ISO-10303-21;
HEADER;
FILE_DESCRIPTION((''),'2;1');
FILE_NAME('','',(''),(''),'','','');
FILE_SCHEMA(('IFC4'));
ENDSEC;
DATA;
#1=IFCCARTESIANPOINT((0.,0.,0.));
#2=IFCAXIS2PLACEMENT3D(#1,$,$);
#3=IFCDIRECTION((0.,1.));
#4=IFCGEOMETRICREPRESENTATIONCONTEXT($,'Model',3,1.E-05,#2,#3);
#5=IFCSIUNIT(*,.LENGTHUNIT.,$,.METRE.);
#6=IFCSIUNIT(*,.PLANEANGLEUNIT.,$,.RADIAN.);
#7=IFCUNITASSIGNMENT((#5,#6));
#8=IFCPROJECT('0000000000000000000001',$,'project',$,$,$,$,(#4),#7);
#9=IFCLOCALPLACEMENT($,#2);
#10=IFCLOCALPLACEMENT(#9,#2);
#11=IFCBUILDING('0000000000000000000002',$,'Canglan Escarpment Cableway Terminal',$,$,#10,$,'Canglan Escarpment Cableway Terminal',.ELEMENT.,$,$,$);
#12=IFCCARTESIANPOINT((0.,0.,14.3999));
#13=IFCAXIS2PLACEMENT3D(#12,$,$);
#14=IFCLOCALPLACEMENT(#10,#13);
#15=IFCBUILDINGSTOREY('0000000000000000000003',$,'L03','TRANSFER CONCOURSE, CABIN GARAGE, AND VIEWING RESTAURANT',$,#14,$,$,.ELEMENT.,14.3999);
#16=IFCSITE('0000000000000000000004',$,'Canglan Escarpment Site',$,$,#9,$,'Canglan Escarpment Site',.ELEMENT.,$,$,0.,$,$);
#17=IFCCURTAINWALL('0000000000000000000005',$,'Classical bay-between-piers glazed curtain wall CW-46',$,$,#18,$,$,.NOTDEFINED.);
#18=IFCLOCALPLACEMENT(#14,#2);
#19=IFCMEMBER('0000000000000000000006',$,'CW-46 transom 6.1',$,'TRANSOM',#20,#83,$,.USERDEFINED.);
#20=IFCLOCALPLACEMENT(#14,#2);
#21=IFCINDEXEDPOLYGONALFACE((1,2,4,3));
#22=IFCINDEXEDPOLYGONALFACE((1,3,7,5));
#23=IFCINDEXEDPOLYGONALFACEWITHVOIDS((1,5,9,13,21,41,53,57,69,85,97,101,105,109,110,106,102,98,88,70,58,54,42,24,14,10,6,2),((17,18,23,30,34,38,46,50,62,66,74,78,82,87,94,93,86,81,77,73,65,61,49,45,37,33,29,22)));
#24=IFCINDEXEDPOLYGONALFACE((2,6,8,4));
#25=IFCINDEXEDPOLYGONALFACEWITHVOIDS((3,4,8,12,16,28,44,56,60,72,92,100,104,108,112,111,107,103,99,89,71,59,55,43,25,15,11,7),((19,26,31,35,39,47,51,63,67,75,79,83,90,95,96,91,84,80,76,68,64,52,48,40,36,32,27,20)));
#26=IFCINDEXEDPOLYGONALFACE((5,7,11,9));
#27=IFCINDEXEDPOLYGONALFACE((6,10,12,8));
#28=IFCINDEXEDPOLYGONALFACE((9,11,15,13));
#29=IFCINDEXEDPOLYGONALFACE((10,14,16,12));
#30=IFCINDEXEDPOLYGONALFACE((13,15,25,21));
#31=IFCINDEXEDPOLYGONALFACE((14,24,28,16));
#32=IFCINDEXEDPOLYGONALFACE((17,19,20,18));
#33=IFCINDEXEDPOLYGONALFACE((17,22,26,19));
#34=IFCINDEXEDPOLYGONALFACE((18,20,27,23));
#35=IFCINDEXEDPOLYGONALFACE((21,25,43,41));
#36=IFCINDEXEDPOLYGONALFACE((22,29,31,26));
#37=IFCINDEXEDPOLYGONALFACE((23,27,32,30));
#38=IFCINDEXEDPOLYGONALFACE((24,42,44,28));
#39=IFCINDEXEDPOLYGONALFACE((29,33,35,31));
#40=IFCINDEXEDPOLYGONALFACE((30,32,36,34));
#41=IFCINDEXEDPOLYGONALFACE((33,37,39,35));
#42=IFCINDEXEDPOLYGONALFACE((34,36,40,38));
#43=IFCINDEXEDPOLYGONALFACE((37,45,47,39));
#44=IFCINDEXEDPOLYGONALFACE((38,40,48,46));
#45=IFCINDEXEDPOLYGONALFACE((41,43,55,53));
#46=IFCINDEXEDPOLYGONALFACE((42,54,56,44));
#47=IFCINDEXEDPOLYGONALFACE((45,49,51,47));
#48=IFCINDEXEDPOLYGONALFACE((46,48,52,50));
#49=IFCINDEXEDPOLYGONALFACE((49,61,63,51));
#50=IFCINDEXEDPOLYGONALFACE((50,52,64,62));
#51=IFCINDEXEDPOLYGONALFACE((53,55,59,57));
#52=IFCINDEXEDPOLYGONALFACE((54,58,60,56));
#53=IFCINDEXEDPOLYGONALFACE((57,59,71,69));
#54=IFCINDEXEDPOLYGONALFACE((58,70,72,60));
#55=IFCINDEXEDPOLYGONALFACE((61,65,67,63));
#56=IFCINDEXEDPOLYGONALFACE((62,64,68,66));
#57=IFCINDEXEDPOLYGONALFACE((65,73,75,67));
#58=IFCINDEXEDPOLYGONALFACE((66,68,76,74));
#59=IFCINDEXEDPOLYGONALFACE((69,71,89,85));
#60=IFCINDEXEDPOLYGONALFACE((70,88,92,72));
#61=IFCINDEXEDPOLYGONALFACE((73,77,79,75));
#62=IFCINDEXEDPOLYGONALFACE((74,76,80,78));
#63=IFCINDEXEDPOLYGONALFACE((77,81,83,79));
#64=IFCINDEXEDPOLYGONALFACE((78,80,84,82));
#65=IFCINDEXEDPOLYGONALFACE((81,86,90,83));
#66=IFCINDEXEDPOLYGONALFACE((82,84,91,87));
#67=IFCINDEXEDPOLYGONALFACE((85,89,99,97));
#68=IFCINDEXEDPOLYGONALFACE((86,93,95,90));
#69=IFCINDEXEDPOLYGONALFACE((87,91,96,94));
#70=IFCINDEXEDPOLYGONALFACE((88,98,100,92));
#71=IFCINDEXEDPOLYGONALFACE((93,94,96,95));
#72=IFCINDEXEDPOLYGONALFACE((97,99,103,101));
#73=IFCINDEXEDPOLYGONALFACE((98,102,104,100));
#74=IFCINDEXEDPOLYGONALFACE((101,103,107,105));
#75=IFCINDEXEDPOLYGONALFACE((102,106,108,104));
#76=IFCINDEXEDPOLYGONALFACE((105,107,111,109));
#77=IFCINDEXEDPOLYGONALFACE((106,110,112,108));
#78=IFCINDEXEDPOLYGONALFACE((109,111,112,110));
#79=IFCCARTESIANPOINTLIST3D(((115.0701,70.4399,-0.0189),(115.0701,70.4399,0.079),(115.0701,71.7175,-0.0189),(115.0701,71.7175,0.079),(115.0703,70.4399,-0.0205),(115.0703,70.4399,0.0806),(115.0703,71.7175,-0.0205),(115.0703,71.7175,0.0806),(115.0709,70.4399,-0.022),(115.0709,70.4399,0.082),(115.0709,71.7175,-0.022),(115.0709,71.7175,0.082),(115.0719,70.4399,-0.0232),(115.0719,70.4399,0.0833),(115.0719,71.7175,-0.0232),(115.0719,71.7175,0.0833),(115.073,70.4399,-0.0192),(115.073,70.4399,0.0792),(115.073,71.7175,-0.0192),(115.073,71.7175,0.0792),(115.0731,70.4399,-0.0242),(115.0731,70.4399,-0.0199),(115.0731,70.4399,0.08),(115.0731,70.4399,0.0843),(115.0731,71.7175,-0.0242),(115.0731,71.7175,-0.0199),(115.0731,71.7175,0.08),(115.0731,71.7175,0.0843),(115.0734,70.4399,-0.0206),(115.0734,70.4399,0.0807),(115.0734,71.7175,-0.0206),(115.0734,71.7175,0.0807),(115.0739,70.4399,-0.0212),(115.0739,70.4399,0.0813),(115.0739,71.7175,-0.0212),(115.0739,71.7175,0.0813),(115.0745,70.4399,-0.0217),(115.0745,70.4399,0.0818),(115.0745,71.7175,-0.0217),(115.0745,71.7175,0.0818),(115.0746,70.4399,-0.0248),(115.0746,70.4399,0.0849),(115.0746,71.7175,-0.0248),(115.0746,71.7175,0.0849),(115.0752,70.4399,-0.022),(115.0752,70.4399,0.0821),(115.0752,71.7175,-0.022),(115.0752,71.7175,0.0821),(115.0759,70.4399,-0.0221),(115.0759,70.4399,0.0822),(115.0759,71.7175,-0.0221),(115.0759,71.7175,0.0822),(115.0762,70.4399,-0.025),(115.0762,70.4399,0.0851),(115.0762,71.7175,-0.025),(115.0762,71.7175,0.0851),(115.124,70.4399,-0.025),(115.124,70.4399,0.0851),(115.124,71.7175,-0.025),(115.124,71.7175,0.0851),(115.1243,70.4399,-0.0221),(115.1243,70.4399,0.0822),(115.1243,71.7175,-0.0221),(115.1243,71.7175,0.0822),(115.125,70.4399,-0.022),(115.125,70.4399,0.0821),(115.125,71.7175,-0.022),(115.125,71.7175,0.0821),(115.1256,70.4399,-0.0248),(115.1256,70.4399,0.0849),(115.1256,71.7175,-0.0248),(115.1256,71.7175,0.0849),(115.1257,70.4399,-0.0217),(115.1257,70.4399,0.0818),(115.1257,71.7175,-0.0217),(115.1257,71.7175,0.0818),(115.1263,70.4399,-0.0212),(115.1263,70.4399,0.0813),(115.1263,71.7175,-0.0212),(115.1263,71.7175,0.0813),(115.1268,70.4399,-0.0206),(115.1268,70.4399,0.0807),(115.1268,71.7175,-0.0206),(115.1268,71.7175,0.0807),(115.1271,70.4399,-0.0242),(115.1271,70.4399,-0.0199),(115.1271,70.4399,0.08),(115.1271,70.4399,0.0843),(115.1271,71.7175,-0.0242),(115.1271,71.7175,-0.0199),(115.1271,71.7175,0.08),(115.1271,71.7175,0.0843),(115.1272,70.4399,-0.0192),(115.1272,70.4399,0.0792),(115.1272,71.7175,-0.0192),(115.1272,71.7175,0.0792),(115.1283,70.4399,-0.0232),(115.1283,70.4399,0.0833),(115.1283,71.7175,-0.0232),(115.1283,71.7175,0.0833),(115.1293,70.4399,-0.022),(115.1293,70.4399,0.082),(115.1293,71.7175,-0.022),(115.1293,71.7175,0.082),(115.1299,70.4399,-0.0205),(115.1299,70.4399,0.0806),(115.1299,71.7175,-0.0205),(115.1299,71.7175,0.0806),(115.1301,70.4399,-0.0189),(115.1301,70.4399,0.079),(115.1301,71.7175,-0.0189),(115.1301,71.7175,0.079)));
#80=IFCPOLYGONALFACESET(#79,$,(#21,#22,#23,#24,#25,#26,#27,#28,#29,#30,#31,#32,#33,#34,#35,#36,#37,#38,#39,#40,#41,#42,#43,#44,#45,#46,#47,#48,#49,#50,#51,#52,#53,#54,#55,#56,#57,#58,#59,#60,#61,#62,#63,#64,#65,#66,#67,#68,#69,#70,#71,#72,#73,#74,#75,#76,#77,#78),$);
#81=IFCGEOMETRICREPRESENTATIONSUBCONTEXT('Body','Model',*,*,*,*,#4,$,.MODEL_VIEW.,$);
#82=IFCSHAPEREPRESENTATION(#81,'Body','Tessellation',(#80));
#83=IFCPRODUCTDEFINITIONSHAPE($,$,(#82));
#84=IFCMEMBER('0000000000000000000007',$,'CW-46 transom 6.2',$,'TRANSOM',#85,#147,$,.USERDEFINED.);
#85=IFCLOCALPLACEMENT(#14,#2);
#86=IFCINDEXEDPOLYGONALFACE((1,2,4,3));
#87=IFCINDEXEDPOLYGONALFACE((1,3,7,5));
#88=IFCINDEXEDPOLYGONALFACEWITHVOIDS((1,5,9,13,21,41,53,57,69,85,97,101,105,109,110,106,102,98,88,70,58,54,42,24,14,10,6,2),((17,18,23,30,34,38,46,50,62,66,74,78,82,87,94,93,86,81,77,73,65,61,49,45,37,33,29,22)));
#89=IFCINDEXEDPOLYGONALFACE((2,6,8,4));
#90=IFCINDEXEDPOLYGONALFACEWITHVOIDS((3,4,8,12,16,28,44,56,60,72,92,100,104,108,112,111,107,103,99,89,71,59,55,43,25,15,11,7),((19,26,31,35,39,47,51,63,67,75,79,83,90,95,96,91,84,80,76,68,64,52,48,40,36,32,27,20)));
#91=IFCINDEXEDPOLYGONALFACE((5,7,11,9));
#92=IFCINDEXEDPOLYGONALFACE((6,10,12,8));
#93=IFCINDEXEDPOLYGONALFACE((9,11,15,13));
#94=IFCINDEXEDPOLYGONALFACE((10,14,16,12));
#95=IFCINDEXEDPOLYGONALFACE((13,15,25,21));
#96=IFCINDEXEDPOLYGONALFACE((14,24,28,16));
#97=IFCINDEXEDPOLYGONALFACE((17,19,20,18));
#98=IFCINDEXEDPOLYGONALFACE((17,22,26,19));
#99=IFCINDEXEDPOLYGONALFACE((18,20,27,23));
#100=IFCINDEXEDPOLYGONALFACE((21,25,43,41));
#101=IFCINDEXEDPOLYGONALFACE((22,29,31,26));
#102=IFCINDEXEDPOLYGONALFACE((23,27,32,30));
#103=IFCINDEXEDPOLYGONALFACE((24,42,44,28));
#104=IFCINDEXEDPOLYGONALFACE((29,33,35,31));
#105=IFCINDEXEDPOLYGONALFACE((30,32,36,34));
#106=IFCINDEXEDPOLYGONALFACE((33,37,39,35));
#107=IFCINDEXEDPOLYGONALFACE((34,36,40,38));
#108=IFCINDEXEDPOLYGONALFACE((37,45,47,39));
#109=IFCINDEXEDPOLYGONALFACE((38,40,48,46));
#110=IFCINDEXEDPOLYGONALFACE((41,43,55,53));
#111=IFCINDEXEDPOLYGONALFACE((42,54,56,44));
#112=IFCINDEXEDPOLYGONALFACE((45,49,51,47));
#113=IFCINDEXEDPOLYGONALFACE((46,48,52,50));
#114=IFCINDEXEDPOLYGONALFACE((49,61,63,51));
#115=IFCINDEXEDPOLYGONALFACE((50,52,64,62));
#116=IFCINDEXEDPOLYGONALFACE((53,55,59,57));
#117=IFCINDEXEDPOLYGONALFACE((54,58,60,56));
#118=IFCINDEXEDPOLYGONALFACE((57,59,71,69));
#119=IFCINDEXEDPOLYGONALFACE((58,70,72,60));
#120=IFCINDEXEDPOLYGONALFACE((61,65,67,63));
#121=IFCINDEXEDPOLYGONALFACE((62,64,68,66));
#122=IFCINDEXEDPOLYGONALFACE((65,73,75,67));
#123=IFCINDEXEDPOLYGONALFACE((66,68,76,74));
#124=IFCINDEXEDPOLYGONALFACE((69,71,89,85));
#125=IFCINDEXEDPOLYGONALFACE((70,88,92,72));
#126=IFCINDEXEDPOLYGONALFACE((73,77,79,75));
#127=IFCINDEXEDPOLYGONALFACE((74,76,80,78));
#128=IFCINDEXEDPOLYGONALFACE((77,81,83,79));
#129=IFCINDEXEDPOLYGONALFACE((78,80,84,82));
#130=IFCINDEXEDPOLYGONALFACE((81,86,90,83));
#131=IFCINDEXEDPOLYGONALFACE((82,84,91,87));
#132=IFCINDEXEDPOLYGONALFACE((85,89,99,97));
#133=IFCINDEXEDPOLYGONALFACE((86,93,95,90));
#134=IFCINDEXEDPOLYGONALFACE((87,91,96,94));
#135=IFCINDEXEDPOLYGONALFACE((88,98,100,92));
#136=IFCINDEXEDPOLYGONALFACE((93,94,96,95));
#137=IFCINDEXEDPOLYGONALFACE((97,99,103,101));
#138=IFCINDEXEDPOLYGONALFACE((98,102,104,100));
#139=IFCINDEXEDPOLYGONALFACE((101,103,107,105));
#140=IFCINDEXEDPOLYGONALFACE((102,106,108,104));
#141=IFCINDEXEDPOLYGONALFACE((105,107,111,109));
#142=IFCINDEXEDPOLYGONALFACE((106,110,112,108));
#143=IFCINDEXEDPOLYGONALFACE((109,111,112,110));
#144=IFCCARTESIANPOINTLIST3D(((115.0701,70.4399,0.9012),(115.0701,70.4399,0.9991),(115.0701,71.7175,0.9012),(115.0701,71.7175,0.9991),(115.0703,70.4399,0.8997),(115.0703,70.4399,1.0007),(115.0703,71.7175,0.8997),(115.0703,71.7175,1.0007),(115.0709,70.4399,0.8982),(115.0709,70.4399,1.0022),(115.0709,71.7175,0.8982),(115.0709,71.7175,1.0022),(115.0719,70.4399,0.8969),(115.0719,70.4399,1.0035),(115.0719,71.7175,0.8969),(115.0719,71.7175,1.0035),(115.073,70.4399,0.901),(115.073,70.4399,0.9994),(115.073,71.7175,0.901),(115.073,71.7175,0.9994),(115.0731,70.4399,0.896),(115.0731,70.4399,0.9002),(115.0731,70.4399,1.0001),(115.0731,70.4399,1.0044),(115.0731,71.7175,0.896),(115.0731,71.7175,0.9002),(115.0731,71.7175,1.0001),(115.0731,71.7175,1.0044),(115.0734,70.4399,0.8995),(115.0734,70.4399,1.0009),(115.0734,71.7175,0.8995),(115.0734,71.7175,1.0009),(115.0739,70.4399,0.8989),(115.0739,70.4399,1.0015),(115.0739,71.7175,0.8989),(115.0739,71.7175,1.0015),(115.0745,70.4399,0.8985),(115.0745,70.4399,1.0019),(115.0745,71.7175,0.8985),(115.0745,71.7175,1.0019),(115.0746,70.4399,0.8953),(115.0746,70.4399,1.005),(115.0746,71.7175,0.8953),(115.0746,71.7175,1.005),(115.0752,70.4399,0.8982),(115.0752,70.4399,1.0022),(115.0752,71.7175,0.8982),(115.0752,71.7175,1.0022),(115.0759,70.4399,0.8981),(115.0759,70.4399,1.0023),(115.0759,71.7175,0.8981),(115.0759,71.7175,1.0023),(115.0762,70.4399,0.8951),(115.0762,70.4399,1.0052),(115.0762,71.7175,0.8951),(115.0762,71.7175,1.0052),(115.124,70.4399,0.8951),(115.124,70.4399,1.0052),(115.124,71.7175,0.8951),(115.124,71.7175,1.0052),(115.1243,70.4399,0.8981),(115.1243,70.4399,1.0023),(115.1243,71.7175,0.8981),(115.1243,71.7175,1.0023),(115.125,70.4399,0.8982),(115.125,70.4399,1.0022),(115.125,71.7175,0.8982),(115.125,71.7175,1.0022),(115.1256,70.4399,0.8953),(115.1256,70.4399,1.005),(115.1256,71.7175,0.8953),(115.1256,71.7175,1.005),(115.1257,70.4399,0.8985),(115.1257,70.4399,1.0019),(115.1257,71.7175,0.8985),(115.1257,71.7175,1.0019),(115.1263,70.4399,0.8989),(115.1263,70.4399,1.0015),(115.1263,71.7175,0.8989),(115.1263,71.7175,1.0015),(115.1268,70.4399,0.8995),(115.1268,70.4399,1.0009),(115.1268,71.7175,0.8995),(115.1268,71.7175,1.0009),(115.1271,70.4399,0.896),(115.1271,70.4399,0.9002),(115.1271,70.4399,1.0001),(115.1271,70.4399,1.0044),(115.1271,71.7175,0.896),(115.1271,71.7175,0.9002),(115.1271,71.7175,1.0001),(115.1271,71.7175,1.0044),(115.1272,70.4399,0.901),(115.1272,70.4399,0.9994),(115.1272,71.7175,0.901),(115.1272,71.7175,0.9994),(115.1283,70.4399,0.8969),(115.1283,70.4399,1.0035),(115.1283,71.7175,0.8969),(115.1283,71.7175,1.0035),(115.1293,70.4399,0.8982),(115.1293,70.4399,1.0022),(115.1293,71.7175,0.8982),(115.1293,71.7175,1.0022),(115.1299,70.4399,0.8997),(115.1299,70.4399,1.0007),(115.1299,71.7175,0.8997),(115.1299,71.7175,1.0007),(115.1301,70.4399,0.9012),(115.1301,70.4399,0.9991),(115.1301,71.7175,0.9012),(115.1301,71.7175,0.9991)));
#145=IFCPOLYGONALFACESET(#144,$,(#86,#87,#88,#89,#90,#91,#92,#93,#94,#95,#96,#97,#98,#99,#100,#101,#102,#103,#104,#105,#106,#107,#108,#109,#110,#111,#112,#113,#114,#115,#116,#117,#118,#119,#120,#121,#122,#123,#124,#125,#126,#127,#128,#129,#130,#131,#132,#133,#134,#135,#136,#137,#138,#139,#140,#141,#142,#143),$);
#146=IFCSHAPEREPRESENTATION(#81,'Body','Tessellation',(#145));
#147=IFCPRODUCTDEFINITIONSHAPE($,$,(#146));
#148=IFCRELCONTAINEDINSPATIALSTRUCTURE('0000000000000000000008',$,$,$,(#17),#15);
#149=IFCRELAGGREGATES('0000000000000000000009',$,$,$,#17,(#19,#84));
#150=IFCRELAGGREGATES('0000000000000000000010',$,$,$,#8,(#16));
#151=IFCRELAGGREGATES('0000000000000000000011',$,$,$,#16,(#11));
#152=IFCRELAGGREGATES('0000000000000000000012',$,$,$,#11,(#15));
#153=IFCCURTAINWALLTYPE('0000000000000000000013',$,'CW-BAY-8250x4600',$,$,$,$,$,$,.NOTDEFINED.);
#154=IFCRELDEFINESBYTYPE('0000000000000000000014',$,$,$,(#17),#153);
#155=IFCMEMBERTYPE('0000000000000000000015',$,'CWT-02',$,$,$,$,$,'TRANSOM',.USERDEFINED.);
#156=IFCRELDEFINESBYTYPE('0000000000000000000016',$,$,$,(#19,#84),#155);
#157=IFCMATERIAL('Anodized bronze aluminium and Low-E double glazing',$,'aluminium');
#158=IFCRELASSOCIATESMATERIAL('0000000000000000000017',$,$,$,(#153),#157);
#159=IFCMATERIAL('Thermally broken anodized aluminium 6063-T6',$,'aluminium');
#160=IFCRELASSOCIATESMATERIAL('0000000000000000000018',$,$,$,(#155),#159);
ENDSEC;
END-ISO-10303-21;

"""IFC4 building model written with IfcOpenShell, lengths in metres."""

from ifc_helpers import new_model, si_unit, direction, frame, origin, origin_2d, place, context, subcontext, project, spatial, hollow_rectangle, extrude, material, material_profile, profile_set, type_object, element, aggregate, save


model = new_model("IFC4")

# Units and contexts
model_context = context("Model", 3, precision=1e-05, world=origin(), true_north=direction((0.0, 1.0)))
body_context = subcontext(model_context, "Body", "Model", "MODEL_VIEW")
ifc_project = project(units=[si_unit("LENGTHUNIT", "METRE"), si_unit("PLANEANGLEUNIT", "RADIAN")], contexts=[model_context])

# Site, building, storey
site_placement = place(None, origin())
site = spatial("IfcSite", under=ifc_project, at=site_placement, Name="Canglan Escarpment Site", LongName="Canglan Escarpment Site", CompositionType="ELEMENT", RefElevation=0.0)
building_placement = place(site_placement, origin())
building = spatial("IfcBuilding", under=site, at=building_placement, Name="Canglan Escarpment Cableway Terminal", LongName="Canglan Escarpment Cableway Terminal", CompositionType="ELEMENT")
storey_placement = place(building_placement, frame((0.0, 0.0, 14.3999)))
storey = spatial("IfcBuildingStorey", under=building, at=storey_placement, Name="L03", Description="TRANSFER CONCOURSE, CABIN GARAGE, AND VIEWING RESTAURANT", CompositionType="ELEMENT", Elevation=14.3999)

# Curtain wall, members
ifc_material_1 = material(Name="Anodized bronze aluminium and Low-E double glazing", Category="aluminium")
curtain_wall_type = type_object("IfcCurtainWallType", Name="CW-BAY-8250x4600", PredefinedType="NOTDEFINED", material=ifc_material_1)
curtain_wall_placement = place(storey_placement, origin())
curtain_wall = element("IfcCurtainWall", 1, at=curtain_wall_placement, inside=storey, type_object=curtain_wall_type, Name="Classical bay-between-piers glazed curtain wall CW-46", PredefinedType="NOTDEFINED")
ifc_material_2 = material(Name="Thermally broken anodized aluminium 6063-T6", Category="aluminium")
ifc_material_profile_1 = material_profile(ifc_material_2, hollow_rectangle(XDim=0.0601, YDim=0.1101, WallThickness=0.0029, InnerFilletRadius=0.0029, OuterFilletRadius=0.0061, at=origin_2d()), Name="ALU-TRAN 60x110x3")
ifc_profile_set_1 = profile_set([ifc_material_profile_1], Name="Thermally broken anodized aluminium 6063-T6")
member_type_1 = type_object("IfcMemberType", Name="CWT-02", ElementType="TRANSOM", PredefinedType="USERDEFINED", material=ifc_profile_set_1)
member_1_placement = place(storey_placement, frame((115.1001, 71.7175, 0.03), z_axis=(0.0, -1.0, 0.0), x_axis=(1.0, 0.0, 0.0)))
member_1 = element("IfcMember", 2, at=member_1_placement, type_object=member_type_1, Name="CW-46 transom 6.1", ObjectType="TRANSOM", PredefinedType="USERDEFINED", context=body_context, shape_type="SweptSolid", body=[
    extrude(hollow_rectangle(XDim=0.0601, YDim=0.1101, WallThickness=0.0029, InnerFilletRadius=0.0029, OuterFilletRadius=0.0061, at=origin_2d()), origin(), (0.0, 0.0, 1.0), 1.2776),
])
member_2_placement = place(storey_placement, frame((115.1001, 71.7175, 0.9502), z_axis=(0.0, -1.0, 0.0), x_axis=(1.0, 0.0, 0.0)))
member_2 = element("IfcMember", 3, at=member_2_placement, type_object=member_type_1, Name="CW-46 transom 6.2", ObjectType="TRANSOM", PredefinedType="USERDEFINED", context=body_context, shape_type="SweptSolid", body=[
    extrude(hollow_rectangle(XDim=0.0601, YDim=0.1101, WallThickness=0.0029, InnerFilletRadius=0.0029, OuterFilletRadius=0.0061, at=origin_2d()), origin(), (0.0, 0.0, 1.0), 1.2776),
])

aggregate(curtain_wall, [member_1, member_2])

save(model, "model.ifc")
